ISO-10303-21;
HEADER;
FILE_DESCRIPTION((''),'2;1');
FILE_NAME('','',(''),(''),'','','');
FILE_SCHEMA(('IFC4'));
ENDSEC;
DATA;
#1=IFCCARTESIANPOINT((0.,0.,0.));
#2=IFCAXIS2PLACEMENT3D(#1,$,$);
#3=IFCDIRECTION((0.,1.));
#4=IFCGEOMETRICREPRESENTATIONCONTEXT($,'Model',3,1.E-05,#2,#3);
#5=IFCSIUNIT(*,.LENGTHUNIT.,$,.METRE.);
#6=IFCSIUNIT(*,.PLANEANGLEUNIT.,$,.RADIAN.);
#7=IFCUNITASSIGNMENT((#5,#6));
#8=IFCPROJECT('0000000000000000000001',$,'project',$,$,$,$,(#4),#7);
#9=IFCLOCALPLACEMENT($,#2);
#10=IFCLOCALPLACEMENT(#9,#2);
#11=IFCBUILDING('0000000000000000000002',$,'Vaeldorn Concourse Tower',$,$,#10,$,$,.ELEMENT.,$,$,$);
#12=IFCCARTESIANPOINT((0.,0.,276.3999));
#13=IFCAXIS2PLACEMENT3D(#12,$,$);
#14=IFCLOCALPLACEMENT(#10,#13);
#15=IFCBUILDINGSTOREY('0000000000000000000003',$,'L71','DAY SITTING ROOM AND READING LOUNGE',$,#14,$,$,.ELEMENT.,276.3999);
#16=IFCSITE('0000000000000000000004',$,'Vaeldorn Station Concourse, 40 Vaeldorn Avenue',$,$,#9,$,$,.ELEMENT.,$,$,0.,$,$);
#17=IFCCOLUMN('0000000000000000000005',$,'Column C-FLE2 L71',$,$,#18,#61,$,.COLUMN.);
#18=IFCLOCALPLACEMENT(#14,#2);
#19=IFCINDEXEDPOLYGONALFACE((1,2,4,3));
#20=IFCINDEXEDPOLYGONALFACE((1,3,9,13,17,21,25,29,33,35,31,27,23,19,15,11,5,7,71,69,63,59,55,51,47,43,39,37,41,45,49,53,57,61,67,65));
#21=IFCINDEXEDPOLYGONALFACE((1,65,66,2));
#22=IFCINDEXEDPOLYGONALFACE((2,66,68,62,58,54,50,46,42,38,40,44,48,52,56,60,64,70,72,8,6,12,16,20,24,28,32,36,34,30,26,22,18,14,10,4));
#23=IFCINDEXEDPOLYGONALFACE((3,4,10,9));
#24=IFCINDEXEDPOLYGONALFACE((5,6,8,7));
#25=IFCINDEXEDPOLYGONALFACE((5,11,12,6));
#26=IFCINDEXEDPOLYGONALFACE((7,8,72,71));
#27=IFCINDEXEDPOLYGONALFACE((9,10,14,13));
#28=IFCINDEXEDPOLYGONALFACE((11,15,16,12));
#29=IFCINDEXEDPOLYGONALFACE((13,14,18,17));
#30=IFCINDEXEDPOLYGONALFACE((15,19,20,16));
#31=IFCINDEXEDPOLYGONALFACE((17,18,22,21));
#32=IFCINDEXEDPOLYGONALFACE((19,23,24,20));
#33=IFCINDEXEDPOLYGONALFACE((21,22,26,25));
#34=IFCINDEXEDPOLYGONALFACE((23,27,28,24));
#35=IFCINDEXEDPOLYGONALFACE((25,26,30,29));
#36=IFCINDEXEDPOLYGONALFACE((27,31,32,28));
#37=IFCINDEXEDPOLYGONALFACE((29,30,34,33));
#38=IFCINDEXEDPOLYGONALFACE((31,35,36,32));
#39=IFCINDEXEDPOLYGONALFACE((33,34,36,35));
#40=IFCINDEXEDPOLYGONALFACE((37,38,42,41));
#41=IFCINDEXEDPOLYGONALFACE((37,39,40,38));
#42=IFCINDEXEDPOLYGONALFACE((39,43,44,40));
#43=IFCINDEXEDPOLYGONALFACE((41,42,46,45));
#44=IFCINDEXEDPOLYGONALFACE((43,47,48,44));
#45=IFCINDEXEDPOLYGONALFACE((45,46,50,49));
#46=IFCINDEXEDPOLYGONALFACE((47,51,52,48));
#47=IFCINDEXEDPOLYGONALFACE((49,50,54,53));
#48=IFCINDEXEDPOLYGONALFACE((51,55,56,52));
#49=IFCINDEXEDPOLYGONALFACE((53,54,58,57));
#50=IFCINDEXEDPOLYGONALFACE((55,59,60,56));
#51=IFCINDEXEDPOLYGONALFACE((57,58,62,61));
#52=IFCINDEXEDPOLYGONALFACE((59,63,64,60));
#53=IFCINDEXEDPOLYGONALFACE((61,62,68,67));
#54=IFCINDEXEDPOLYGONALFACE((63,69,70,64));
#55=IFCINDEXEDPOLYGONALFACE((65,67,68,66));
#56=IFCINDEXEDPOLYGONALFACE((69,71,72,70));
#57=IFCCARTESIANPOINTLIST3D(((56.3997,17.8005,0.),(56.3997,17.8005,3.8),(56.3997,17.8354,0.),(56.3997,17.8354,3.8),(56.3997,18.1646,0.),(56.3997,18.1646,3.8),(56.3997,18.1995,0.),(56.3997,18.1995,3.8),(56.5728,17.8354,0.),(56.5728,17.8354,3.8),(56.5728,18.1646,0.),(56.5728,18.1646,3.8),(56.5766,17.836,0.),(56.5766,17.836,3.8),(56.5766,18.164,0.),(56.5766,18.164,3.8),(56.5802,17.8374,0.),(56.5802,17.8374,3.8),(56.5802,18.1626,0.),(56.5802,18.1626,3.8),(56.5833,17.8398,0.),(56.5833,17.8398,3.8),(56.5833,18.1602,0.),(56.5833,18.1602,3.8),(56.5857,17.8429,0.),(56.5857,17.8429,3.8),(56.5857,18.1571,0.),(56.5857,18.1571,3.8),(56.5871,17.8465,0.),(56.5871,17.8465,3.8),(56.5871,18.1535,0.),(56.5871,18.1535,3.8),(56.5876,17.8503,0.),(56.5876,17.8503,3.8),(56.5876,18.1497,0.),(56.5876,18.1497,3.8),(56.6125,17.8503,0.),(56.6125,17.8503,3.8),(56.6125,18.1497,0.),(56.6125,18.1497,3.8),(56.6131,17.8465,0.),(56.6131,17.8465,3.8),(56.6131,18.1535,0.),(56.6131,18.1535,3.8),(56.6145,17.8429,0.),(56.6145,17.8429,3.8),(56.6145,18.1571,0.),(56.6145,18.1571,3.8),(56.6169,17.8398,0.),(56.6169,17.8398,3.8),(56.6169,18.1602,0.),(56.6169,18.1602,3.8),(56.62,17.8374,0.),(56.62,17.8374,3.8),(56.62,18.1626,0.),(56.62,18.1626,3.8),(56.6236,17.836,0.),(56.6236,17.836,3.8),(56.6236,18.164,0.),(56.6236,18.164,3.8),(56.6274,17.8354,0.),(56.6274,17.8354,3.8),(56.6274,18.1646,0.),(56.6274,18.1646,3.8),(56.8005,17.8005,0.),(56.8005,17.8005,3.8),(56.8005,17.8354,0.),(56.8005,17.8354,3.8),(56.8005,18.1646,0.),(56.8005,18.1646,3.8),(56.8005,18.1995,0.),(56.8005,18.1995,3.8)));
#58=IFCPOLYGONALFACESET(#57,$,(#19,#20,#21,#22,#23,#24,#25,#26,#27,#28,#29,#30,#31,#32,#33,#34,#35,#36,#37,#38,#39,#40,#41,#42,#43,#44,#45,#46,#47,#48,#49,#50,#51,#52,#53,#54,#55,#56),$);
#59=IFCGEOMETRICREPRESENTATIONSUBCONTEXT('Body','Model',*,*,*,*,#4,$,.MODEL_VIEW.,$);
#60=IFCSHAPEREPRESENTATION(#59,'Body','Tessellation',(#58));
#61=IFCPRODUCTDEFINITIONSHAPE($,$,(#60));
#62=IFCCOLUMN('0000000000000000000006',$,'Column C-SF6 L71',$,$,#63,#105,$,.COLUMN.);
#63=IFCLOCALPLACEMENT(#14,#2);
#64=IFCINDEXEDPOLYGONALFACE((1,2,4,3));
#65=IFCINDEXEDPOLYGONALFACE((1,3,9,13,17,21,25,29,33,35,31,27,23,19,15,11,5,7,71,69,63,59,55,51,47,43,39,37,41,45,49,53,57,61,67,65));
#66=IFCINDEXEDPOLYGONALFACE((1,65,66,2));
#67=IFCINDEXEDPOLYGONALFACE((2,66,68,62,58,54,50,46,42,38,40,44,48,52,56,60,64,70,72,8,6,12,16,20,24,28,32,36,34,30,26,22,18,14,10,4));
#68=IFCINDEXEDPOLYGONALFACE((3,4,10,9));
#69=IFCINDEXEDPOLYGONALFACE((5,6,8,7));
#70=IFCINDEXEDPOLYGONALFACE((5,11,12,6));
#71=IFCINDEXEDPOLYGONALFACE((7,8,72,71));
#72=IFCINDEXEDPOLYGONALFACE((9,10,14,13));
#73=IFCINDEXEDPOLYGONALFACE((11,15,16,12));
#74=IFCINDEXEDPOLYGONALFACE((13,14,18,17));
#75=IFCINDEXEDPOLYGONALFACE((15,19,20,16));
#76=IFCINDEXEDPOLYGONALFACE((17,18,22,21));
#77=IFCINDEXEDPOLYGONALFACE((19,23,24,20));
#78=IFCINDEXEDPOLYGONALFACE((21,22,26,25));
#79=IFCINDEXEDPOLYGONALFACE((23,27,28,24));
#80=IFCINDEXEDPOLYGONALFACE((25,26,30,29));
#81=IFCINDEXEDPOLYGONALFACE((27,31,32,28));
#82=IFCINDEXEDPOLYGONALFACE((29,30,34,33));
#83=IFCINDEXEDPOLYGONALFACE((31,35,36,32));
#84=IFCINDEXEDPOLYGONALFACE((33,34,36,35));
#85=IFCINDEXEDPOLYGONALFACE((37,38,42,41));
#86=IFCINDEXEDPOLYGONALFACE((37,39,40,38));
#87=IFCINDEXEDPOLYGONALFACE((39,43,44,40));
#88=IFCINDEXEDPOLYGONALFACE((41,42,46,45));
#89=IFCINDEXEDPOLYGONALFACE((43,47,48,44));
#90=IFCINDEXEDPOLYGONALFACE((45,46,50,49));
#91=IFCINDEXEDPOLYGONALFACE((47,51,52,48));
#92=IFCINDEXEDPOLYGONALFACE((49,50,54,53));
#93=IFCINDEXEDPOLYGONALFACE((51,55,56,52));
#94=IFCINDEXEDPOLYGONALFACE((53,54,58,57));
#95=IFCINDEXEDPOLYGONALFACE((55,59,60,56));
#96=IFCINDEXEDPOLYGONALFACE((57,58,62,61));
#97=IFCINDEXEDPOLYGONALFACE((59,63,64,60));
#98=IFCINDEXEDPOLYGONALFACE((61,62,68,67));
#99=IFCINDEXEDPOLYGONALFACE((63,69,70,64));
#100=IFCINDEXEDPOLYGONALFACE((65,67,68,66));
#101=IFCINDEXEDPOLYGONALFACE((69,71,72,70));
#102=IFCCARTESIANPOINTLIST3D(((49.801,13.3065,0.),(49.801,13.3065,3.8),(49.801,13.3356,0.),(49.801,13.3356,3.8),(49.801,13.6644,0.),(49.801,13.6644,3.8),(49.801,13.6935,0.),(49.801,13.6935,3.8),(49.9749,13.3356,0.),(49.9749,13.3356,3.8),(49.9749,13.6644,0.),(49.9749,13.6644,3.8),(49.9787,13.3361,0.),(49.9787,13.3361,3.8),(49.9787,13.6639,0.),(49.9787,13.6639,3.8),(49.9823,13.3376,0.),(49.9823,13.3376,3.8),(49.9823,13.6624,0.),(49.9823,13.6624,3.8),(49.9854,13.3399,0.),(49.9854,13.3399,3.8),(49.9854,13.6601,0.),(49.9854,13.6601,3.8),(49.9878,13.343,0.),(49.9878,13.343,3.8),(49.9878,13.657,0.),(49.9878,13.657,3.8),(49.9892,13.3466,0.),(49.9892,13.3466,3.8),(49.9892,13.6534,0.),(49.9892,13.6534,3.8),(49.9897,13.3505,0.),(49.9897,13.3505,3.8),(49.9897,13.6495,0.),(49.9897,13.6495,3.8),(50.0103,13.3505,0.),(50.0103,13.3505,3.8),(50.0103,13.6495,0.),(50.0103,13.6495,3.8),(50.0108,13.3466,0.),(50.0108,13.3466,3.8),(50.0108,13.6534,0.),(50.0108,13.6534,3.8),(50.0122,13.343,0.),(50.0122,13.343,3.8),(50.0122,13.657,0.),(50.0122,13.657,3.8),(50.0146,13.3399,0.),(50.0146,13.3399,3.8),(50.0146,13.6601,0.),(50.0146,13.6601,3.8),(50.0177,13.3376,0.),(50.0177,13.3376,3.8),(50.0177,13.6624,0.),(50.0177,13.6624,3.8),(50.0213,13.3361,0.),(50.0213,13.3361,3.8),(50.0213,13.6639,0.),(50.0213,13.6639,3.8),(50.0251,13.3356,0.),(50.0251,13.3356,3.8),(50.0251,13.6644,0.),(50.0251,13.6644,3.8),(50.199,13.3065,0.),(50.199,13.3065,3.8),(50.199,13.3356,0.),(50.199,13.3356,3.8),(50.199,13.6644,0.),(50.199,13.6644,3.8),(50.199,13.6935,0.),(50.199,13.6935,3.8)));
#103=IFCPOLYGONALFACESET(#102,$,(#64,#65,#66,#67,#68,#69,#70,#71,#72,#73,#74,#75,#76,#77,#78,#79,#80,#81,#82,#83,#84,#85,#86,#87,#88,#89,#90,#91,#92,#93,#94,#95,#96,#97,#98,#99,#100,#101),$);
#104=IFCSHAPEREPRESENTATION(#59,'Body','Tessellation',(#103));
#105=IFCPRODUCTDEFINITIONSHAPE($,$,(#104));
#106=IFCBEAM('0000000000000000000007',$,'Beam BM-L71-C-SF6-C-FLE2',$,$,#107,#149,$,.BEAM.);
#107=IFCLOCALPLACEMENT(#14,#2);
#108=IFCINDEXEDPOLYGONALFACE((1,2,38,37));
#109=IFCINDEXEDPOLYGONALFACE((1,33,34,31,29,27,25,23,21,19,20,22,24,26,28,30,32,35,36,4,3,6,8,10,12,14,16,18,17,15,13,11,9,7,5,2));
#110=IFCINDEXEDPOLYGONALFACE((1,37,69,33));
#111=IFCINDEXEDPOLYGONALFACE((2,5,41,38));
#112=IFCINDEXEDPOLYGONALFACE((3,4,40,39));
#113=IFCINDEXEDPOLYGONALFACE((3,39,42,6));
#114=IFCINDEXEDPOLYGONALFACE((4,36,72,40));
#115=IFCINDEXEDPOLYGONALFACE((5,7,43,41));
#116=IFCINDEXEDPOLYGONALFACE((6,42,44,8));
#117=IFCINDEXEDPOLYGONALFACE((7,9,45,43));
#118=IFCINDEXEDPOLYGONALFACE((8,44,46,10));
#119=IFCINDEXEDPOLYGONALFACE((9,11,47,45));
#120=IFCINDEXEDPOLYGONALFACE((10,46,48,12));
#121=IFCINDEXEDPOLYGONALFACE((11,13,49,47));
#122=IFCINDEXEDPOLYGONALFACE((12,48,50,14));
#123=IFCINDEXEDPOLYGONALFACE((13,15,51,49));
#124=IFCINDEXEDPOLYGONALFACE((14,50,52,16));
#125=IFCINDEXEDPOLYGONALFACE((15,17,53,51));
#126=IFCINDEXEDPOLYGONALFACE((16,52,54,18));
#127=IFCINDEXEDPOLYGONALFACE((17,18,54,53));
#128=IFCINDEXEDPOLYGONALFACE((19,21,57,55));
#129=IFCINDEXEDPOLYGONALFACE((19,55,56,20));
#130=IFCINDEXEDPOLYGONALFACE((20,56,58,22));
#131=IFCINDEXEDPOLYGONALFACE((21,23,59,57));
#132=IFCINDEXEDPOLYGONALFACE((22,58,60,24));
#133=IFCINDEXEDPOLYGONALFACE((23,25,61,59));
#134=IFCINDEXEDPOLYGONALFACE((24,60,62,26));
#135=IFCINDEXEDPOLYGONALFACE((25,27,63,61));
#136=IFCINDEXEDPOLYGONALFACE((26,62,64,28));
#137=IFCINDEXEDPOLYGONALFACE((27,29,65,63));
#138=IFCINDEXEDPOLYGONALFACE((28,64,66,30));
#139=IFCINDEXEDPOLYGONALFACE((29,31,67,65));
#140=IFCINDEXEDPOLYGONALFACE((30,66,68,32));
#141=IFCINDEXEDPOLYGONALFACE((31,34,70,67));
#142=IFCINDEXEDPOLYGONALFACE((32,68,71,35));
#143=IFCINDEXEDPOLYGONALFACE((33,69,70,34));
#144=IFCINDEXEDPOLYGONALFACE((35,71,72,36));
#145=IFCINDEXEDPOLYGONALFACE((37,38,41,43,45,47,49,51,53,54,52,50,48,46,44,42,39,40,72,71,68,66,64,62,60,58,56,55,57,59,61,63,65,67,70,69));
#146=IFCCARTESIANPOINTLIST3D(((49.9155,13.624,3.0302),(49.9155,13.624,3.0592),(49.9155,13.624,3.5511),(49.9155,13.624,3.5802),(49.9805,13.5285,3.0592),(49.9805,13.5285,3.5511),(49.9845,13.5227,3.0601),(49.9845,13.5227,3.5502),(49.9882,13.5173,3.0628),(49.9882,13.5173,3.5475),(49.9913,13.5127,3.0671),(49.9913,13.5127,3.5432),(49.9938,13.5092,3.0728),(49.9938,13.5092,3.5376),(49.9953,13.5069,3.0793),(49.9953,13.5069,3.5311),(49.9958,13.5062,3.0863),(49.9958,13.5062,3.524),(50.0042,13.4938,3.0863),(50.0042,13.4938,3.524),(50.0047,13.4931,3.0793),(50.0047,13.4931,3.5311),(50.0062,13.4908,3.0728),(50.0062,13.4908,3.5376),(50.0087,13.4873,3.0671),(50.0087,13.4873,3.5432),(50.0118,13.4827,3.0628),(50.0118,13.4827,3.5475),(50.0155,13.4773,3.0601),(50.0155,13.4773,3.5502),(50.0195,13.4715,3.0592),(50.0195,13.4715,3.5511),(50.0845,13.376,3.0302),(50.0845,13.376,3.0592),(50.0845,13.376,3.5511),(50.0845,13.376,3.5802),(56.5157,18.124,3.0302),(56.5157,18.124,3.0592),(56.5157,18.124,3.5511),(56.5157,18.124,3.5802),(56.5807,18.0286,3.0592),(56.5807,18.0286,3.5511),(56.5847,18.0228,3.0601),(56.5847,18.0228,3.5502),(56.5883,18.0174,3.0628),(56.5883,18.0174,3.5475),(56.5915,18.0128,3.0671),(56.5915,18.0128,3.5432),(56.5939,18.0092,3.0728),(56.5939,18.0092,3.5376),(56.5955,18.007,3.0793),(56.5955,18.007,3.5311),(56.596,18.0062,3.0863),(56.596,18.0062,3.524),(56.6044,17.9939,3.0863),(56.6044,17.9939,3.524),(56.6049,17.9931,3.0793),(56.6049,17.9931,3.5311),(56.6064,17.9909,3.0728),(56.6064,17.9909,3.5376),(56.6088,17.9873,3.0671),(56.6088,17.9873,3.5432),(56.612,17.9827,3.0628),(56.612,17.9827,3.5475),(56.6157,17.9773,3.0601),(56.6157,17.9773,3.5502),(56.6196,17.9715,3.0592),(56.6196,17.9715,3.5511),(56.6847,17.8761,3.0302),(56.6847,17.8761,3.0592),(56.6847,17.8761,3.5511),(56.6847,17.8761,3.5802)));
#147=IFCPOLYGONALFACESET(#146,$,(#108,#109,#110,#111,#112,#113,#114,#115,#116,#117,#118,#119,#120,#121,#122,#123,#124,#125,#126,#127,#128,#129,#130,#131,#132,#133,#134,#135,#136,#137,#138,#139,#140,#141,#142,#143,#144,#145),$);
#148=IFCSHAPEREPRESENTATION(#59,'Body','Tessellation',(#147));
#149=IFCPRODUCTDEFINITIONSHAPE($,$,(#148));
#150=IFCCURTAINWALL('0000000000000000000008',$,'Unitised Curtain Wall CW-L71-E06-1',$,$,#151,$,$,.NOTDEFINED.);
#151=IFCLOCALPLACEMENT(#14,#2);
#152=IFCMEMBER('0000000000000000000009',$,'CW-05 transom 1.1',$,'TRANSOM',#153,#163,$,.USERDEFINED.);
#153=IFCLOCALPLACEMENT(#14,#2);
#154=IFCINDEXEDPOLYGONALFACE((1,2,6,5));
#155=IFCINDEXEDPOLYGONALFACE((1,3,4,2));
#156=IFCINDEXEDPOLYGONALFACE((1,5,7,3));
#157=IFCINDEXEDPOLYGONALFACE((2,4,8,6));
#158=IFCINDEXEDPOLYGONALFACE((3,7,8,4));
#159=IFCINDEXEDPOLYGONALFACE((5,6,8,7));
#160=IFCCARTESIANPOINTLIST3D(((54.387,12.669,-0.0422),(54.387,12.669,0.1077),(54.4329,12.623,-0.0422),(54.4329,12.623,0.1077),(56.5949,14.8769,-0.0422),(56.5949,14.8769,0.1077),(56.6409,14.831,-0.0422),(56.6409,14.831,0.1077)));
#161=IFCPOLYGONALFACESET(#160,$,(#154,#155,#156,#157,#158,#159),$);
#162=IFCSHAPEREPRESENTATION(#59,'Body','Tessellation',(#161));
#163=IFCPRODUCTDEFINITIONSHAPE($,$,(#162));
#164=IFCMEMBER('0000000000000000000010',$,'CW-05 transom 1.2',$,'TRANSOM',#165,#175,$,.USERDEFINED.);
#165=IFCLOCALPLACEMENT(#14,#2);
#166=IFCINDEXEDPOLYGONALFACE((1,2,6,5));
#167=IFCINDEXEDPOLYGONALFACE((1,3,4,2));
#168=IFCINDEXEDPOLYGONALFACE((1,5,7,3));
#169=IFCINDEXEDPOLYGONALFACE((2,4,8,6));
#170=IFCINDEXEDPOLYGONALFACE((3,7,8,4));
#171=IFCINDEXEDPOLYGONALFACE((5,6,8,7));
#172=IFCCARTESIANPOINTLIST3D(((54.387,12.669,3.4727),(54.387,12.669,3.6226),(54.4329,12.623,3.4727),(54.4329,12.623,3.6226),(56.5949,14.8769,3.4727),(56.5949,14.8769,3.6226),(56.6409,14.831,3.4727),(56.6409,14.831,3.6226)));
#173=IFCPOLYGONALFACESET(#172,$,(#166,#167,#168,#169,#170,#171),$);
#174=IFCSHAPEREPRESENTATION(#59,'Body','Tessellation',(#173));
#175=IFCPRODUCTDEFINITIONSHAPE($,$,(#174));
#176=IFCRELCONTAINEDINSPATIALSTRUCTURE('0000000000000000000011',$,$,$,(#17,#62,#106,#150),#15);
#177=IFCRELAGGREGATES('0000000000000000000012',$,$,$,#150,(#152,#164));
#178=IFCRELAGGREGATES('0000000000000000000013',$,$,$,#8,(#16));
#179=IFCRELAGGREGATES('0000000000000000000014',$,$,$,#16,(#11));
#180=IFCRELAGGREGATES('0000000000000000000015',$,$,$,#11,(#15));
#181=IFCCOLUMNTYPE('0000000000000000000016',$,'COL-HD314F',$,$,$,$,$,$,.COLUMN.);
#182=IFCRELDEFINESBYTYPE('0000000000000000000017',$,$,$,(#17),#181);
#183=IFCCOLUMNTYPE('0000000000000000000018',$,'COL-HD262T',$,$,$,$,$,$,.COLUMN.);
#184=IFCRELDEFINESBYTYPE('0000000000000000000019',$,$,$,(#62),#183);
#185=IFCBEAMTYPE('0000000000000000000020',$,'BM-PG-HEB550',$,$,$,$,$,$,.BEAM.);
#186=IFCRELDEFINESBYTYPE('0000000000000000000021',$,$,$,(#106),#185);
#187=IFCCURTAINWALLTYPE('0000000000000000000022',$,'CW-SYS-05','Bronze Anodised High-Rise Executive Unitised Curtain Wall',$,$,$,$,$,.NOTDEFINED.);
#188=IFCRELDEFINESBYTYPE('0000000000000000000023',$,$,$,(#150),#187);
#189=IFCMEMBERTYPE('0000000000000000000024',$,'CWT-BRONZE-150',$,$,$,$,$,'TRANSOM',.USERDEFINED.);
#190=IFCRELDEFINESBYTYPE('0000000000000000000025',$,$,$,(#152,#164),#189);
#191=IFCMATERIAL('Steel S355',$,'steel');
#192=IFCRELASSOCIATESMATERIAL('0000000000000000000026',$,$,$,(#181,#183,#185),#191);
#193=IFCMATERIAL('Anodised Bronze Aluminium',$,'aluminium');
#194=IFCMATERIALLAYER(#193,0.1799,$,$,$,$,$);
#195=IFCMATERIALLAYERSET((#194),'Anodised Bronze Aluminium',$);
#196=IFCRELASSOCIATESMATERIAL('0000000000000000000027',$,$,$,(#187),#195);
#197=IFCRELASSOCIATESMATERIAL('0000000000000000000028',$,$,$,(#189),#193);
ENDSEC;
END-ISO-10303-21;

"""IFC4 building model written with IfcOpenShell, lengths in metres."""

from ifc_helpers import new_model, si_unit, direction, frame, origin, origin_2d, place, context, subcontext, project, spatial, rectangle, i_section, extrude, source, transform, mapped, material, layer, layer_set, material_profile, profile_set, type_object, element, aggregate, save


model = new_model("IFC4")

# Units and contexts
model_context = context("Model", 3, precision=1e-05, world=origin(), true_north=direction((0.0, 1.0)))
body_context = subcontext(model_context, "Body", "Model", "MODEL_VIEW")
ifc_project = project(units=[si_unit("LENGTHUNIT", "METRE"), si_unit("PLANEANGLEUNIT", "RADIAN")], contexts=[model_context])

# Site, building, storey
site_placement = place(None, origin())
site = spatial("IfcSite", under=ifc_project, at=site_placement, Name="Vaeldorn Station Concourse, 40 Vaeldorn Avenue", CompositionType="ELEMENT", RefElevation=0.0)
building_placement = place(site_placement, origin())
building = spatial("IfcBuilding", under=site, at=building_placement, Name="Vaeldorn Concourse Tower", CompositionType="ELEMENT")
storey_placement = place(building_placement, frame((0.0, 0.0, 276.3999)))
storey = spatial("IfcBuildingStorey", under=building, at=storey_placement, Name="L71", Description="DAY SITTING ROOM AND READING LOUNGE", CompositionType="ELEMENT", Elevation=276.3999)

# Columns
ifc_material_1 = material(Name="Steel S355", Category="steel")
ifc_material_profile_1 = material_profile(ifc_material_1, i_section(OverallWidth=0.4009, OverallDepth=0.3989, WebThickness=0.0249, FlangeThickness=0.0349, FilletRadius=0.0149, at=origin_2d()), Name="HD 400x314")
ifc_profile_set_1 = profile_set([ifc_material_profile_1], Name="Steel S355")
column_type_1 = type_object("IfcColumnType", Name="COL-HD314F", PredefinedType="COLUMN", material=ifc_profile_set_1)
shared_shape_1 = source(origin(), body_context, "Body", "SweptSolid", [
    extrude(i_section(OverallWidth=0.4009, OverallDepth=0.3989, WebThickness=0.0249, FlangeThickness=0.0349, FilletRadius=0.0149, at=origin_2d()), origin(), (0.0, 0.0, 1.0), 3.8),
])
column_1_placement = place(storey_placement, frame((56.6001, 18.0, 0.0), z_axis=(0.0, 0.0, 1.0), x_axis=(1.0, 0.0, 0.0)))
element("IfcColumn", 1, at=column_1_placement, inside=storey, type_object=column_type_1, Name="Column C-FLE2 L71", PredefinedType="COLUMN", context=body_context, shape_type="MappedRepresentation", body=[
    mapped(shared_shape_1, transform((0.0, 0.0, 0.0), scale=1.0)),
])
ifc_material_profile_2 = material_profile(ifc_material_1, i_section(OverallWidth=0.3979, OverallDepth=0.387, WebThickness=0.0205, FlangeThickness=0.0291, FilletRadius=0.0149, at=origin_2d()), Name="HD 400x262")
ifc_profile_set_2 = profile_set([ifc_material_profile_2], Name="Steel S355")
column_type_2 = type_object("IfcColumnType", Name="COL-HD262T", PredefinedType="COLUMN", material=ifc_profile_set_2)
shared_shape_2 = source(origin(), body_context, "Body", "SweptSolid", [
    extrude(i_section(OverallWidth=0.3979, OverallDepth=0.387, WebThickness=0.0205, FlangeThickness=0.0291, FilletRadius=0.0149, at=origin_2d()), origin(), (0.0, 0.0, 1.0), 3.8),
])
column_2_placement = place(storey_placement, frame((50.0, 13.5, 0.0), z_axis=(0.0, 0.0, 1.0), x_axis=(1.0, 0.0, 0.0)))
element("IfcColumn", 2, at=column_2_placement, inside=storey, type_object=column_type_2, Name="Column C-SF6 L71", PredefinedType="COLUMN", context=body_context, shape_type="MappedRepresentation", body=[
    mapped(shared_shape_2, transform((0.0, 0.0, 0.0), scale=1.0)),
])

# Beam
ifc_material_profile_3 = material_profile(ifc_material_1, i_section(OverallWidth=0.3, OverallDepth=0.55, WebThickness=0.0149, FlangeThickness=0.0291, FilletRadius=0.0271, at=origin_2d()), Name="HEB 550")
ifc_profile_set_3 = profile_set([ifc_material_profile_3], Name="Steel S355")
beam_type = type_object("IfcBeamType", Name="BM-PG-HEB550", PredefinedType="BEAM", material=ifc_profile_set_3)
shared_shape_3 = source(origin(), body_context, "Body", "SweptSolid", [
    extrude(i_section(OverallWidth=0.3, OverallDepth=0.55, WebThickness=0.0149, FlangeThickness=0.0291, FilletRadius=0.0271, at=origin_2d()), origin(), (0.0, 0.0, 1.0), 7.9883),
])
beam_placement = place(storey_placement, frame((50.0, 13.5, 3.3052), z_axis=(0.826231, 0.563331, 0.0), x_axis=(-0.563331, 0.826231, 0.0)))
element("IfcBeam", 3, at=beam_placement, inside=storey, type_object=beam_type, Name="Beam BM-L71-C-SF6-C-FLE2", PredefinedType="BEAM", context=body_context, shape_type="MappedRepresentation", body=[
    mapped(shared_shape_3, transform((0.0, 0.0, 0.0), scale=1.0)),
])

# Curtain wall, members
ifc_material_2 = material(Name="Anodised Bronze Aluminium", Category="aluminium")
ifc_layer_1 = layer(ifc_material_2, 0.1799)
ifc_layer_set_1 = layer_set([ifc_layer_1], Name="Anodised Bronze Aluminium")
curtain_wall_type = type_object("IfcCurtainWallType", Name="CW-SYS-05", Description="Bronze Anodised High-Rise Executive Unitised Curtain Wall", PredefinedType="NOTDEFINED", material=ifc_layer_set_1)
curtain_wall_1_placement = place(storey_placement, origin())
curtain_wall_1 = element("IfcCurtainWall", 4, at=curtain_wall_1_placement, inside=storey, type_object=curtain_wall_type, Name="Unitised Curtain Wall CW-L71-E06-1", PredefinedType="NOTDEFINED")
ifc_material_profile_4 = material_profile(ifc_material_2, rectangle(XDim=0.0649, YDim=0.1499, at=origin_2d()), Name="CWT 65x150")
ifc_profile_set_4 = profile_set([ifc_material_profile_4], Name="Anodised Bronze Aluminium")
member_type_1 = type_object("IfcMemberType", Name="CWT-BRONZE-150", ElementType="TRANSOM", PredefinedType="USERDEFINED", material=ifc_profile_set_4)
shared_shape_4 = source(origin(), body_context, "Body", "SweptSolid", [
    extrude(rectangle(XDim=0.0649, YDim=0.1499, at=origin_2d()), origin(), (0.0, 0.0, 1.0), 3.1226),
])
member_1_placement = place(storey_placement, frame((54.4099, 12.646, 0.0327), z_axis=(0.707107, 0.707107, 0.0), x_axis=(-0.707107, 0.707107, 0.0)))
member_1 = element("IfcMember", 5, at=member_1_placement, type_object=member_type_1, Name="CW-05 transom 1.1", ObjectType="TRANSOM", PredefinedType="USERDEFINED", context=body_context, shape_type="MappedRepresentation", body=[
    mapped(shared_shape_4, transform((0.0, 0.0, 0.0), scale=1.0)),
])
member_2_placement = place(storey_placement, frame((54.4099, 12.646, 3.5476), z_axis=(0.707107, 0.707107, 0.0), x_axis=(-0.707107, 0.707107, 0.0)))
member_2 = element("IfcMember", 6, at=member_2_placement, type_object=member_type_1, Name="CW-05 transom 1.2", ObjectType="TRANSOM", PredefinedType="USERDEFINED", context=body_context, shape_type="MappedRepresentation", body=[
    mapped(shared_shape_4, transform((0.0, 0.0, 0.0), scale=1.0)),
])

aggregate(curtain_wall_1, [member_1, member_2])

save(model, "model.ifc")
